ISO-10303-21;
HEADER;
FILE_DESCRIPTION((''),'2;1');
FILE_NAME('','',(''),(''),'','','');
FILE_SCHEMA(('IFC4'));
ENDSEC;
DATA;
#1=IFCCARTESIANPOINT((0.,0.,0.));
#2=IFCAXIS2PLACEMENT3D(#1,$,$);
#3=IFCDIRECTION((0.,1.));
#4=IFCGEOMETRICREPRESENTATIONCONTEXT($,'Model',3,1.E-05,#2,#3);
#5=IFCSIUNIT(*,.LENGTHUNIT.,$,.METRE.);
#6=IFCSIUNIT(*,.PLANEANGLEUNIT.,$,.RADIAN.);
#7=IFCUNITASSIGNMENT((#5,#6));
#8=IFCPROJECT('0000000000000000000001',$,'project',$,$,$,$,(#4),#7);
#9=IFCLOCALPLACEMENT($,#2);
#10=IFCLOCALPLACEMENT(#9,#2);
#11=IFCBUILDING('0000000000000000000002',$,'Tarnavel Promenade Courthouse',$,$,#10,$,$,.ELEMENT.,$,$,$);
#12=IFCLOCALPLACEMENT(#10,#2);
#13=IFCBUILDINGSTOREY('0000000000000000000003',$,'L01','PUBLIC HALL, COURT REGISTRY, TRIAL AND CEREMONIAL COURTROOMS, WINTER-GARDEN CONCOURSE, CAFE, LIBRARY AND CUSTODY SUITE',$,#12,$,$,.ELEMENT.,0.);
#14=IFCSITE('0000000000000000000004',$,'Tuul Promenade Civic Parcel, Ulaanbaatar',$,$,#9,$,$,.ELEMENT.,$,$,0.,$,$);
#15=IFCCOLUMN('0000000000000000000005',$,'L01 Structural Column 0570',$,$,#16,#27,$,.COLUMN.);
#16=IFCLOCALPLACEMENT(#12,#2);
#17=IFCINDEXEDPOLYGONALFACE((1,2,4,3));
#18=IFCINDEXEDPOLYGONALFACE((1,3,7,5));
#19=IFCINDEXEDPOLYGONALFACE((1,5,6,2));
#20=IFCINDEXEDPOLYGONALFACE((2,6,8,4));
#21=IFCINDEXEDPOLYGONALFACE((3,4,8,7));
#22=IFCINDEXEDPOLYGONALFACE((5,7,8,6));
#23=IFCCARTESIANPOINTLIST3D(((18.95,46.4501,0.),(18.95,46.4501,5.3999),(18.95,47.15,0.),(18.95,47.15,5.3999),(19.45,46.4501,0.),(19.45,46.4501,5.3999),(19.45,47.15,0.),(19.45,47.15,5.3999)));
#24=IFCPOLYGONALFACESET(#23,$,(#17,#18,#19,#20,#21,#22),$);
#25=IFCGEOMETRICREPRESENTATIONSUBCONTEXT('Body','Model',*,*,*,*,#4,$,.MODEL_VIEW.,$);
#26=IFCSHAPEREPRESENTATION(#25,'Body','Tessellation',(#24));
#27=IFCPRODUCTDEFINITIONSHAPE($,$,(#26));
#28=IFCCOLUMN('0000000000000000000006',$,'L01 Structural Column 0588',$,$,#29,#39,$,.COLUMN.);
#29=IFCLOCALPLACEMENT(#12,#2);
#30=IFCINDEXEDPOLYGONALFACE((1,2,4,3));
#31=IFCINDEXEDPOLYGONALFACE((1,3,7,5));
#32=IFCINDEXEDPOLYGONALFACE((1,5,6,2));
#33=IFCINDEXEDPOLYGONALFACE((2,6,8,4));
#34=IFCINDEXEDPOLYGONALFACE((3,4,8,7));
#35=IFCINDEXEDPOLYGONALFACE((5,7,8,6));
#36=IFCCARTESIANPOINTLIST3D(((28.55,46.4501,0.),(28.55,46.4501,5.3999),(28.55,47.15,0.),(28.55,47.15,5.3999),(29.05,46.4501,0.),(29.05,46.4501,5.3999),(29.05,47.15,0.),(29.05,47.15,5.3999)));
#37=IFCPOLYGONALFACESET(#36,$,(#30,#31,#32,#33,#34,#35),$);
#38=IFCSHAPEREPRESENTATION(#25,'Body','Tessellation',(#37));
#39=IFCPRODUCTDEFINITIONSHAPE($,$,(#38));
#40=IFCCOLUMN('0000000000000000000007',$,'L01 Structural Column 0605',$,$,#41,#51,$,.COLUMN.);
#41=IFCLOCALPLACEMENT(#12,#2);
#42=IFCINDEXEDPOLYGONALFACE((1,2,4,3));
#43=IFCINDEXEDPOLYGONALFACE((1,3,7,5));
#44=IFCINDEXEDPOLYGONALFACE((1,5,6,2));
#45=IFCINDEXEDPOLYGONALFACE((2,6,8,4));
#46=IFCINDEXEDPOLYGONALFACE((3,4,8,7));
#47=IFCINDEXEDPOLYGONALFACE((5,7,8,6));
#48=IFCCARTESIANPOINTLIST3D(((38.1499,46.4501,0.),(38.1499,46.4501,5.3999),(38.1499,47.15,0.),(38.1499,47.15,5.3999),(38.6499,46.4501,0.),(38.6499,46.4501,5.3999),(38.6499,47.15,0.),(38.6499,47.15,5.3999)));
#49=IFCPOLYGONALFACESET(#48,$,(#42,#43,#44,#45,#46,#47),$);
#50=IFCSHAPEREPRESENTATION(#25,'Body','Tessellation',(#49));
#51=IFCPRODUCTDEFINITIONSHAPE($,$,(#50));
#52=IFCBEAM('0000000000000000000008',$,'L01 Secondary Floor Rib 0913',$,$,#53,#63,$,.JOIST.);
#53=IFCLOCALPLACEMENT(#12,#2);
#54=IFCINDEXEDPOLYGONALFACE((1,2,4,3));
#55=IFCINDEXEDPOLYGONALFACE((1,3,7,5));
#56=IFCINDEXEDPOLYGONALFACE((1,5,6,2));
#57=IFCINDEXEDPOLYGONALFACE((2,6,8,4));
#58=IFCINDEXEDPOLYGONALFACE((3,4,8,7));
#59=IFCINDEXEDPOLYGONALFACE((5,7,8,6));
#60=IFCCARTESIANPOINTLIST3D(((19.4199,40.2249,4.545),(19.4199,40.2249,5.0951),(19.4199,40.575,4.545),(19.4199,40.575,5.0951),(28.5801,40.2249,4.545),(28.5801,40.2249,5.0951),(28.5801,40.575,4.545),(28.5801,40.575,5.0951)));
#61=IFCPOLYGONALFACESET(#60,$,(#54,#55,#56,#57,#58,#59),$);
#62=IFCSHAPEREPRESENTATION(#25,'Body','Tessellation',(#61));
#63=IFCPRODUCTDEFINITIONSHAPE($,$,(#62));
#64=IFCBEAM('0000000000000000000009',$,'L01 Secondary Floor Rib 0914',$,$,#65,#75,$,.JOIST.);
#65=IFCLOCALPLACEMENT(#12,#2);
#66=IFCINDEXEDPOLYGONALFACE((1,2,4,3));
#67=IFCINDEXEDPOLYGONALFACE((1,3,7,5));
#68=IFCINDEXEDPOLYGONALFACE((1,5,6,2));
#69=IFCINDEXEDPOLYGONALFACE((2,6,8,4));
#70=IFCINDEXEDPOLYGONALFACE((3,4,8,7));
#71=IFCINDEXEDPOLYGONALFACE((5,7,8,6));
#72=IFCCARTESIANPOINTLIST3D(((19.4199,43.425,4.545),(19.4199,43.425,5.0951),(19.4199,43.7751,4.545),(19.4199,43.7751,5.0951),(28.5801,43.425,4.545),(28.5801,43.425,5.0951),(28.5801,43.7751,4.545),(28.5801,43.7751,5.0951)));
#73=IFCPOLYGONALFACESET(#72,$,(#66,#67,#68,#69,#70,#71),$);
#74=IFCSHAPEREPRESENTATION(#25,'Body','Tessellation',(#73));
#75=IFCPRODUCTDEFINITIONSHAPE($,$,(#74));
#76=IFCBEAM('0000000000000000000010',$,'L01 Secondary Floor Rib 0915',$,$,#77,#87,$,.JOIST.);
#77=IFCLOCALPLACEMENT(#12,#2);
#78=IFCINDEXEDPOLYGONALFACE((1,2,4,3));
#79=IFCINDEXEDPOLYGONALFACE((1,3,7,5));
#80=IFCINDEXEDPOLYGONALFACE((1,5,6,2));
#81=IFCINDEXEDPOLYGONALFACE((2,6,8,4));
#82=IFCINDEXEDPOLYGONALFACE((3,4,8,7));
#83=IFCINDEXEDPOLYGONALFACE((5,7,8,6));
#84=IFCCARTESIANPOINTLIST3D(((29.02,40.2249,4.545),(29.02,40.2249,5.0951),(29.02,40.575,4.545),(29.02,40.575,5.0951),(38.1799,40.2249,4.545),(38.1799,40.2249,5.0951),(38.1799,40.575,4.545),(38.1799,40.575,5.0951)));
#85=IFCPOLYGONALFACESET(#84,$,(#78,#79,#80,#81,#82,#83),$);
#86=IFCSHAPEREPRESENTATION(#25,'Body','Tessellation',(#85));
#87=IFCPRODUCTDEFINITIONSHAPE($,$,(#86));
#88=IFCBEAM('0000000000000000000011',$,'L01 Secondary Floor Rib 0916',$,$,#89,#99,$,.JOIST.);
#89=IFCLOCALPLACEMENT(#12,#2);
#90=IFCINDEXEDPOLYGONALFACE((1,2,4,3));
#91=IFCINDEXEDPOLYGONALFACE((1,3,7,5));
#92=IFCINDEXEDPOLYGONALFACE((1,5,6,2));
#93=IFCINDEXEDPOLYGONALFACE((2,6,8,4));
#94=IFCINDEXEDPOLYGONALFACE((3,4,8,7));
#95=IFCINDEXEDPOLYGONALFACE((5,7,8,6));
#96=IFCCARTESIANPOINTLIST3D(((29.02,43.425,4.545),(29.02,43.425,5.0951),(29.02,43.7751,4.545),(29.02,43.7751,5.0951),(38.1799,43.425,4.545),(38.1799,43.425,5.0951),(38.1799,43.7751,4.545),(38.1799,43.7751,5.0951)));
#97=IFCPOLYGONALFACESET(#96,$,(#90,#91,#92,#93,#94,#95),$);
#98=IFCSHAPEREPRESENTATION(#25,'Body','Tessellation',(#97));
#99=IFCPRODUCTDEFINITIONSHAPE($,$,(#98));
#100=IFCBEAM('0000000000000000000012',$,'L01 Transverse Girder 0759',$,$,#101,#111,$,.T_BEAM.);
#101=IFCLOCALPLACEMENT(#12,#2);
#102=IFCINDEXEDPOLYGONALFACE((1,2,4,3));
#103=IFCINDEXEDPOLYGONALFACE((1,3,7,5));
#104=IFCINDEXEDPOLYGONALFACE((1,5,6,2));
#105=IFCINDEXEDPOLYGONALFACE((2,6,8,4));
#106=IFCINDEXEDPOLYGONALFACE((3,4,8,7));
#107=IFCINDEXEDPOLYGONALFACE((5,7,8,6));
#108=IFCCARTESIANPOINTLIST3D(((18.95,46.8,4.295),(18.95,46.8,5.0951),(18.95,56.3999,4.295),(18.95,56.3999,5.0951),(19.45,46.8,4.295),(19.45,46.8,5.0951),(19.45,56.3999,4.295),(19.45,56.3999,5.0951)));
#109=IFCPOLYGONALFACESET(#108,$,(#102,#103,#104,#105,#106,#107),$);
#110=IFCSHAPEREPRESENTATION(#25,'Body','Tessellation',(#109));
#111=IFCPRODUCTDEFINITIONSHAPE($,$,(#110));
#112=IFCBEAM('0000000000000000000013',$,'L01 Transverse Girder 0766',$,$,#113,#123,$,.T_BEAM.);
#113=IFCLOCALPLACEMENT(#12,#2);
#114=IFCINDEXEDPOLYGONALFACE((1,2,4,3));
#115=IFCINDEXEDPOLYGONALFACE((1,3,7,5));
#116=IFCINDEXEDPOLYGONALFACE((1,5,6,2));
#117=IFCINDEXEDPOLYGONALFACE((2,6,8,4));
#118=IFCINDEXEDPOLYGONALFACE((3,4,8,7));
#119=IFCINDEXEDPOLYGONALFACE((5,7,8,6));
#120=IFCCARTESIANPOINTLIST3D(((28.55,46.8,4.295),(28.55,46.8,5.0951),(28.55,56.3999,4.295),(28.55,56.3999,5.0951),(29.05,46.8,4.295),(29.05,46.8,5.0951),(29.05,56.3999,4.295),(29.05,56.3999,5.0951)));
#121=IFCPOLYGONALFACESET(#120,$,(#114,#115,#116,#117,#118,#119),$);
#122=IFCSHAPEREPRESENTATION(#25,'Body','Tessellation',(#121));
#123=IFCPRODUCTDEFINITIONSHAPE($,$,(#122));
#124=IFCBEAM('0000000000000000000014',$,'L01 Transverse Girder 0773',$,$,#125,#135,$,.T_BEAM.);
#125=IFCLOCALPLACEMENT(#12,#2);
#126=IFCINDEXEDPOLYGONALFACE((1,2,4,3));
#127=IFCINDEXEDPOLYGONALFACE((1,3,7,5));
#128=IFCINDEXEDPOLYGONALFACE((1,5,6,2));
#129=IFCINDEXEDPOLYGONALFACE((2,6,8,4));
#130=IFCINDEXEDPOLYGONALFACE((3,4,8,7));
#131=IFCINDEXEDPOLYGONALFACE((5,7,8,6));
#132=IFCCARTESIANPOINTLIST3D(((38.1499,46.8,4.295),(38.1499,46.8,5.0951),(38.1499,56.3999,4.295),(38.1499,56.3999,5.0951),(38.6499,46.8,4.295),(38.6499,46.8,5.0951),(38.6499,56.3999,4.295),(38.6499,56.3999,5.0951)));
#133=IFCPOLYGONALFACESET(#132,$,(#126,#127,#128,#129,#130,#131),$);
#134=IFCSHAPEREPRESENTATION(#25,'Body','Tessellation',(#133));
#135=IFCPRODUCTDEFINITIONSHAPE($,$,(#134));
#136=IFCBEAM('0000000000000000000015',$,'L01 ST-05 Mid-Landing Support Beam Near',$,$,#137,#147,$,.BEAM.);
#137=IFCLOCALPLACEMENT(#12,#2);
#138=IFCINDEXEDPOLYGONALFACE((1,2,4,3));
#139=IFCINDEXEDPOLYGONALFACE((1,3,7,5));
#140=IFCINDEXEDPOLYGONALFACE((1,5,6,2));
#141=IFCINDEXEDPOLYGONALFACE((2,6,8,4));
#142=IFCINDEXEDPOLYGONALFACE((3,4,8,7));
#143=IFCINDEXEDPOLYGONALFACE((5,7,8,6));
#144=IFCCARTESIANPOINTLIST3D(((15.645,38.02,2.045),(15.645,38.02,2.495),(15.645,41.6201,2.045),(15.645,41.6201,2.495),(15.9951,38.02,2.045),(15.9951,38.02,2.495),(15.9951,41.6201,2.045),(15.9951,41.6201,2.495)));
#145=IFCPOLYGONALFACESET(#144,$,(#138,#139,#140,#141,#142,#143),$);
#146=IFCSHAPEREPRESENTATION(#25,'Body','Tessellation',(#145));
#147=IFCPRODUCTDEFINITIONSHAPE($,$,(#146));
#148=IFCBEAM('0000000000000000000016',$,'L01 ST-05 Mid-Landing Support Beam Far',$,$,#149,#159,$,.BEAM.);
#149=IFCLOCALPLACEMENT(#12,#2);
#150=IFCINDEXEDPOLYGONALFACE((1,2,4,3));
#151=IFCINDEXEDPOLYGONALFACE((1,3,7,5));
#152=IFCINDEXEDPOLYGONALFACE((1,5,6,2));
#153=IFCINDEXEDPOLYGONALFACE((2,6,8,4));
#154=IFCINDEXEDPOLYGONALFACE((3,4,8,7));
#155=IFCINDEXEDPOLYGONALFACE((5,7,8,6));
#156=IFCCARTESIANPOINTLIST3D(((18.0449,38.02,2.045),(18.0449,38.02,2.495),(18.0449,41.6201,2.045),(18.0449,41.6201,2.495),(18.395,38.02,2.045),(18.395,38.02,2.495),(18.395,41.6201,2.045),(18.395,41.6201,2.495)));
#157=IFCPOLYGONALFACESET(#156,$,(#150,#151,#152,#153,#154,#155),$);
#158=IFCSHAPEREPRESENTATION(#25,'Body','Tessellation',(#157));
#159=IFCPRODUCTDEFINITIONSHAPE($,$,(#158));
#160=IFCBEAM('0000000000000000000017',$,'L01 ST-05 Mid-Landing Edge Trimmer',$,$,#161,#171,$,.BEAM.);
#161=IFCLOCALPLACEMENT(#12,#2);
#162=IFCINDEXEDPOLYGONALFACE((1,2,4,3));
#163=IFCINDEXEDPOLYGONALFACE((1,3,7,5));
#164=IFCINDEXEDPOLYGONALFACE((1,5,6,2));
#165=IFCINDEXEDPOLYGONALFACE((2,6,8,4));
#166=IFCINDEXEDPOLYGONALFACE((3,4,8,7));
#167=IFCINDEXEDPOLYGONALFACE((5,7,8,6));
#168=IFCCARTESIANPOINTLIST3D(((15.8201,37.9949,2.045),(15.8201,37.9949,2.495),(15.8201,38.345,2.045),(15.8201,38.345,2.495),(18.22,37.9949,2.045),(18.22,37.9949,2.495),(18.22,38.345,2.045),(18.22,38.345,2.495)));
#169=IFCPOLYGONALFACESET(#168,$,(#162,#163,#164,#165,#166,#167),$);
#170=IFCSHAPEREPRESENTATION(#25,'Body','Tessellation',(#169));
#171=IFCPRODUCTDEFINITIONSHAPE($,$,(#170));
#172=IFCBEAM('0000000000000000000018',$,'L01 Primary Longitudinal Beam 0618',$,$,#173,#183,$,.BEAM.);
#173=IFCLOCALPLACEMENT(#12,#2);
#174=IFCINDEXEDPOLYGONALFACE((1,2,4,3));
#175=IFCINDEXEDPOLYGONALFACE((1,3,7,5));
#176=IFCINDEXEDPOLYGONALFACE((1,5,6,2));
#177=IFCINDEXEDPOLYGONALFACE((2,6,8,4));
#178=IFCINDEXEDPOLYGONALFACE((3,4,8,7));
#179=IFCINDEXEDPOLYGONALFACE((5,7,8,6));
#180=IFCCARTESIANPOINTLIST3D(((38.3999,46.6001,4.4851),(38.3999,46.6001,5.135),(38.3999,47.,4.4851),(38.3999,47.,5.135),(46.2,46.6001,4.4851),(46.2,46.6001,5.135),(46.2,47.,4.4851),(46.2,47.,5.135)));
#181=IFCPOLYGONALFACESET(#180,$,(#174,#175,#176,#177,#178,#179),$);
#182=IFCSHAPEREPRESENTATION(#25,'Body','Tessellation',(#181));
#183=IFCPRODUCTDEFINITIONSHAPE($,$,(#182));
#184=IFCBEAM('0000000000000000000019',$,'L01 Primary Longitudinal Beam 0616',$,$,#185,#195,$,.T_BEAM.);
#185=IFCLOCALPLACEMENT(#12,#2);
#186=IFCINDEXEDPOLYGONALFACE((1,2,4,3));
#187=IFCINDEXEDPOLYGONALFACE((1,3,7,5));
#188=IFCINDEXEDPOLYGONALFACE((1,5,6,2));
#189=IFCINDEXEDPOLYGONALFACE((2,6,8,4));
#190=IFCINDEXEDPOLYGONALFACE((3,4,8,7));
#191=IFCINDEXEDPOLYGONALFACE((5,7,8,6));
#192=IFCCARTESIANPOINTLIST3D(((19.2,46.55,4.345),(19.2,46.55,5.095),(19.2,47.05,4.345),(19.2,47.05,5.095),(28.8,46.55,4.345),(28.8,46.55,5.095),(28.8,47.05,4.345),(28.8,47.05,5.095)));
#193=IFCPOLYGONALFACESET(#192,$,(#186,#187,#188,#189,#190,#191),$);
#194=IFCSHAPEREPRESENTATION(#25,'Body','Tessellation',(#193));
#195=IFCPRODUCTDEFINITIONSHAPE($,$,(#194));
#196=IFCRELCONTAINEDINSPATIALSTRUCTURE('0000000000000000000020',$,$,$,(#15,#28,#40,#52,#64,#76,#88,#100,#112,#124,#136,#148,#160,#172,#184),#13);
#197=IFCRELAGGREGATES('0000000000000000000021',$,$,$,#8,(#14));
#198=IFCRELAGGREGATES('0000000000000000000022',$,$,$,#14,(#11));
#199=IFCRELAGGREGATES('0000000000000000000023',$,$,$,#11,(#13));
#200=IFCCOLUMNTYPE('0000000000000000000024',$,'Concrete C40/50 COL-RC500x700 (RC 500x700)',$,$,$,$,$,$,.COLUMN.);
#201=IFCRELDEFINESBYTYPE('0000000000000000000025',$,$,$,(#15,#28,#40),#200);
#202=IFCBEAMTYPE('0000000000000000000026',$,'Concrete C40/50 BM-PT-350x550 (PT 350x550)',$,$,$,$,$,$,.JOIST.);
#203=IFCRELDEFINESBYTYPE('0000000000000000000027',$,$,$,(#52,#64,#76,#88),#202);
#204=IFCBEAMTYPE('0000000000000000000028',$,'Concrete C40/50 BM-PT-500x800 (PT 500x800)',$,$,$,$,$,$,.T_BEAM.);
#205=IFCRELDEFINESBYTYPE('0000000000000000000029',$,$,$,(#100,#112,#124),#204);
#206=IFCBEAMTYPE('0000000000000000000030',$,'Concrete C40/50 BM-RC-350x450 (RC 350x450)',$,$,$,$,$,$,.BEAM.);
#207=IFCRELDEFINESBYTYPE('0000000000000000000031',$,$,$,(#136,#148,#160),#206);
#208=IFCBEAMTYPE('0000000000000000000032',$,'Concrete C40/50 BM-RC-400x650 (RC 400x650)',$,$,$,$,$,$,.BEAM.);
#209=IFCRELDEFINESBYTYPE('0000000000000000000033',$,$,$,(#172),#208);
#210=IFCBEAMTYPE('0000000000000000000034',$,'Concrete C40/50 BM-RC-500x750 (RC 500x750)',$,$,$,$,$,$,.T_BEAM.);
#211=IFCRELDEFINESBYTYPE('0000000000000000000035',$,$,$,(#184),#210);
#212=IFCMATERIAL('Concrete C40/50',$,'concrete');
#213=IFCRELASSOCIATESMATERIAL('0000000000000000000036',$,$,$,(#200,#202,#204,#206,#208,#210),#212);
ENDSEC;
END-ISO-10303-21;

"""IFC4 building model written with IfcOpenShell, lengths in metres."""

from ifc_helpers import new_model, si_unit, direction, frame, origin, origin_2d, place, context, subcontext, project, spatial, rectangle, extrude, material, material_profile, profile_set, type_object, element, save


model = new_model("IFC4")

# Units and contexts
model_context = context("Model", 3, precision=1e-05, world=origin(), true_north=direction((0.0, 1.0)))
body_context = subcontext(model_context, "Body", "Model", "MODEL_VIEW")
ifc_project = project(units=[si_unit("LENGTHUNIT", "METRE"), si_unit("PLANEANGLEUNIT", "RADIAN")], contexts=[model_context])

# Site, building, storey
site_placement = place(None, origin())
site = spatial("IfcSite", under=ifc_project, at=site_placement, Name="Tuul Promenade Civic Parcel, Ulaanbaatar", CompositionType="ELEMENT", RefElevation=0.0)
building_placement = place(site_placement, origin())
building = spatial("IfcBuilding", under=site, at=building_placement, Name="Tarnavel Promenade Courthouse", CompositionType="ELEMENT")
storey_placement = place(building_placement, origin())
storey = spatial("IfcBuildingStorey", under=building, at=storey_placement, Name="L01", Description="PUBLIC HALL, COURT REGISTRY, TRIAL AND CEREMONIAL COURTROOMS, WINTER-GARDEN CONCOURSE, CAFE, LIBRARY AND CUSTODY SUITE", CompositionType="ELEMENT", Elevation=0.0)

# Columns
ifc_material_1 = material(Name="Concrete C40/50", Category="concrete")
ifc_material_profile_1 = material_profile(ifc_material_1, rectangle(XDim=0.5, YDim=0.7, at=origin_2d()), Name="RC 500x700")
ifc_profile_set_1 = profile_set([ifc_material_profile_1], Name="Concrete C40/50")
column_type = type_object("IfcColumnType", Name="Concrete C40/50 COL-RC500x700 (RC 500x700)", PredefinedType="COLUMN", material=ifc_profile_set_1)
for number, where, z_axis, x_axis, name in (
    (1, (19.2, 46.8, 0.0), (0.0, 0.0, 1.0), (1.0, 0.0, 0.0), "L01 Structural Column 0570"),
    (2, (28.8, 46.8, 0.0), (0.0, 0.0, 1.0), (1.0, 0.0, 0.0), "L01 Structural Column 0588"),
    (3, (38.3999, 46.8, 0.0), (0.0, 0.0, 1.0), (1.0, 0.0, 0.0), "L01 Structural Column 0605"),
):
    element("IfcColumn", number, at=place(storey_placement, frame(where, z_axis=z_axis, x_axis=x_axis)), inside=storey, type_object=column_type, Name=name, PredefinedType="COLUMN", context=body_context, shape_type="SweptSolid", body=[
        extrude(rectangle(XDim=0.5, YDim=0.7, at=origin_2d()), origin(), (0.0, 0.0, 1.0), 5.3999),
    ])

# Beams
ifc_material_profile_2 = material_profile(ifc_material_1, rectangle(XDim=0.3501, YDim=0.55, at=origin_2d()), Name="PT 350x550")
ifc_profile_set_2 = profile_set([ifc_material_profile_2], Name="Concrete C40/50")
beam_type_1 = type_object("IfcBeamType", Name="Concrete C40/50 BM-PT-350x550 (PT 350x550)", PredefinedType="JOIST", material=ifc_profile_set_2)
for number, where, z_axis, x_axis, name in (
    (4, (19.4199, 40.3999, 4.8201), (1.0, 0.0, 0.0), (0.0, 1.0, 0.0), "L01 Secondary Floor Rib 0913"),
    (5, (19.4199, 43.6001, 4.8201), (1.0, 0.0, 0.0), (0.0, 1.0, 0.0), "L01 Secondary Floor Rib 0914"),
):
    element("IfcBeam", number, at=place(storey_placement, frame(where, z_axis=z_axis, x_axis=x_axis)), inside=storey, type_object=beam_type_1, Name=name, PredefinedType="JOIST", context=body_context, shape_type="SweptSolid", body=[
        extrude(rectangle(XDim=0.3501, YDim=0.55, at=origin_2d()), origin(), (0.0, 0.0, 1.0), 9.1602),
    ])
for number, where, z_axis, x_axis, name in (
    (6, (29.02, 40.3999, 4.8201), (1.0, 0.0, 0.0), (0.0, 1.0, 0.0), "L01 Secondary Floor Rib 0915"),
    (7, (29.02, 43.6001, 4.8201), (1.0, 0.0, 0.0), (0.0, 1.0, 0.0), "L01 Secondary Floor Rib 0916"),
):
    element("IfcBeam", number, at=place(storey_placement, frame(where, z_axis=z_axis, x_axis=x_axis)), inside=storey, type_object=beam_type_1, Name=name, PredefinedType="JOIST", context=body_context, shape_type="SweptSolid", body=[
        extrude(rectangle(XDim=0.3501, YDim=0.55, at=origin_2d()), origin(), (0.0, 0.0, 1.0), 9.1599),
    ])
ifc_material_profile_3 = material_profile(ifc_material_1, rectangle(XDim=0.5, YDim=0.8, at=origin_2d()), Name="PT 500x800")
ifc_profile_set_3 = profile_set([ifc_material_profile_3], Name="Concrete C40/50")
beam_type_2 = type_object("IfcBeamType", Name="Concrete C40/50 BM-PT-500x800 (PT 500x800)", PredefinedType="T_BEAM", material=ifc_profile_set_3)
for number, where, z_axis, x_axis, name in (
    (8, (19.2, 46.8, 4.6951), (0.0, 1.0, 0.0), (-1.0, 0.0, 0.0), "L01 Transverse Girder 0759"),
    (9, (28.8, 46.8, 4.6951), (0.0, 1.0, 0.0), (-1.0, 0.0, 0.0), "L01 Transverse Girder 0766"),
    (10, (38.3999, 46.8, 4.6951), (0.0, 1.0, 0.0), (-1.0, 0.0, 0.0), "L01 Transverse Girder 0773"),
):
    element("IfcBeam", number, at=place(storey_placement, frame(where, z_axis=z_axis, x_axis=x_axis)), inside=storey, type_object=beam_type_2, Name=name, PredefinedType="T_BEAM", context=body_context, shape_type="SweptSolid", body=[
        extrude(rectangle(XDim=0.5, YDim=0.8, at=origin_2d()), origin(), (0.0, 0.0, 1.0), 9.5999),
    ])
ifc_material_profile_4 = material_profile(ifc_material_1, rectangle(XDim=0.3501, YDim=0.45, at=origin_2d()), Name="RC 350x450")
ifc_profile_set_4 = profile_set([ifc_material_profile_4], Name="Concrete C40/50")
beam_type_3 = type_object("IfcBeamType", Name="Concrete C40/50 BM-RC-350x450 (RC 350x450)", PredefinedType="BEAM", material=ifc_profile_set_4)
for number, where, z_axis, x_axis, name in (
    (11, (15.8201, 38.02, 2.27), (0.0, 1.0, 0.0), (-1.0, 0.0, 0.0), "L01 ST-05 Mid-Landing Support Beam Near"),
    (12, (18.22, 38.02, 2.27), (0.0, 1.0, 0.0), (-1.0, 0.0, 0.0), "L01 ST-05 Mid-Landing Support Beam Far"),
):
    element("IfcBeam", number, at=place(storey_placement, frame(where, z_axis=z_axis, x_axis=x_axis)), inside=storey, type_object=beam_type_3, Name=name, PredefinedType="BEAM", context=body_context, shape_type="SweptSolid", body=[
        extrude(rectangle(XDim=0.3501, YDim=0.45, at=origin_2d()), origin(), (0.0, 0.0, 1.0), 3.6001),
    ])
beam_1_placement = place(storey_placement, frame((15.8201, 38.1699, 2.27), z_axis=(1.0, 0.0, 0.0), x_axis=(0.0, 1.0, 0.0)))
element("IfcBeam", 13, at=beam_1_placement, inside=storey, type_object=beam_type_3, Name="L01 ST-05 Mid-Landing Edge Trimmer", PredefinedType="BEAM", context=body_context, shape_type="SweptSolid", body=[
    extrude(rectangle(XDim=0.3501, YDim=0.45, at=origin_2d()), origin(), (0.0, 0.0, 1.0), 2.3999),
])
ifc_material_profile_5 = material_profile(ifc_material_1, rectangle(XDim=0.3999, YDim=0.6499, at=origin_2d()), Name="RC 400x650")
ifc_profile_set_5 = profile_set([ifc_material_profile_5], Name="Concrete C40/50")
beam_type_4 = type_object("IfcBeamType", Name="Concrete C40/50 BM-RC-400x650 (RC 400x650)", PredefinedType="BEAM", material=ifc_profile_set_5)
beam_2_placement = place(storey_placement, frame((38.3999, 46.8, 4.8101), z_axis=(1.0, 0.0, 0.0), x_axis=(0.0, 1.0, 0.0)))
element("IfcBeam", 14, at=beam_2_placement, inside=storey, type_object=beam_type_4, Name="L01 Primary Longitudinal Beam 0618", PredefinedType="BEAM", context=body_context, shape_type="SweptSolid", body=[
    extrude(rectangle(XDim=0.3999, YDim=0.6499, at=origin_2d()), origin(), (0.0, 0.0, 1.0), 7.8),
])
ifc_material_profile_6 = material_profile(ifc_material_1, rectangle(XDim=0.5, YDim=0.75, at=origin_2d()), Name="RC 500x750")
ifc_profile_set_6 = profile_set([ifc_material_profile_6], Name="Concrete C40/50")
beam_type_5 = type_object("IfcBeamType", Name="Concrete C40/50 BM-RC-500x750 (RC 500x750)", PredefinedType="T_BEAM", material=ifc_profile_set_6)
beam_3_placement = place(storey_placement, frame((19.2, 46.8, 4.72), z_axis=(1.0, 0.0, 0.0), x_axis=(0.0, 1.0, 0.0)))
element("IfcBeam", 15, at=beam_3_placement, inside=storey, type_object=beam_type_5, Name="L01 Primary Longitudinal Beam 0616", PredefinedType="T_BEAM", context=body_context, shape_type="SweptSolid", body=[
    extrude(rectangle(XDim=0.5, YDim=0.75, at=origin_2d()), origin(), (0.0, 0.0, 1.0), 9.6001),
])

save(model, "model.ifc")
